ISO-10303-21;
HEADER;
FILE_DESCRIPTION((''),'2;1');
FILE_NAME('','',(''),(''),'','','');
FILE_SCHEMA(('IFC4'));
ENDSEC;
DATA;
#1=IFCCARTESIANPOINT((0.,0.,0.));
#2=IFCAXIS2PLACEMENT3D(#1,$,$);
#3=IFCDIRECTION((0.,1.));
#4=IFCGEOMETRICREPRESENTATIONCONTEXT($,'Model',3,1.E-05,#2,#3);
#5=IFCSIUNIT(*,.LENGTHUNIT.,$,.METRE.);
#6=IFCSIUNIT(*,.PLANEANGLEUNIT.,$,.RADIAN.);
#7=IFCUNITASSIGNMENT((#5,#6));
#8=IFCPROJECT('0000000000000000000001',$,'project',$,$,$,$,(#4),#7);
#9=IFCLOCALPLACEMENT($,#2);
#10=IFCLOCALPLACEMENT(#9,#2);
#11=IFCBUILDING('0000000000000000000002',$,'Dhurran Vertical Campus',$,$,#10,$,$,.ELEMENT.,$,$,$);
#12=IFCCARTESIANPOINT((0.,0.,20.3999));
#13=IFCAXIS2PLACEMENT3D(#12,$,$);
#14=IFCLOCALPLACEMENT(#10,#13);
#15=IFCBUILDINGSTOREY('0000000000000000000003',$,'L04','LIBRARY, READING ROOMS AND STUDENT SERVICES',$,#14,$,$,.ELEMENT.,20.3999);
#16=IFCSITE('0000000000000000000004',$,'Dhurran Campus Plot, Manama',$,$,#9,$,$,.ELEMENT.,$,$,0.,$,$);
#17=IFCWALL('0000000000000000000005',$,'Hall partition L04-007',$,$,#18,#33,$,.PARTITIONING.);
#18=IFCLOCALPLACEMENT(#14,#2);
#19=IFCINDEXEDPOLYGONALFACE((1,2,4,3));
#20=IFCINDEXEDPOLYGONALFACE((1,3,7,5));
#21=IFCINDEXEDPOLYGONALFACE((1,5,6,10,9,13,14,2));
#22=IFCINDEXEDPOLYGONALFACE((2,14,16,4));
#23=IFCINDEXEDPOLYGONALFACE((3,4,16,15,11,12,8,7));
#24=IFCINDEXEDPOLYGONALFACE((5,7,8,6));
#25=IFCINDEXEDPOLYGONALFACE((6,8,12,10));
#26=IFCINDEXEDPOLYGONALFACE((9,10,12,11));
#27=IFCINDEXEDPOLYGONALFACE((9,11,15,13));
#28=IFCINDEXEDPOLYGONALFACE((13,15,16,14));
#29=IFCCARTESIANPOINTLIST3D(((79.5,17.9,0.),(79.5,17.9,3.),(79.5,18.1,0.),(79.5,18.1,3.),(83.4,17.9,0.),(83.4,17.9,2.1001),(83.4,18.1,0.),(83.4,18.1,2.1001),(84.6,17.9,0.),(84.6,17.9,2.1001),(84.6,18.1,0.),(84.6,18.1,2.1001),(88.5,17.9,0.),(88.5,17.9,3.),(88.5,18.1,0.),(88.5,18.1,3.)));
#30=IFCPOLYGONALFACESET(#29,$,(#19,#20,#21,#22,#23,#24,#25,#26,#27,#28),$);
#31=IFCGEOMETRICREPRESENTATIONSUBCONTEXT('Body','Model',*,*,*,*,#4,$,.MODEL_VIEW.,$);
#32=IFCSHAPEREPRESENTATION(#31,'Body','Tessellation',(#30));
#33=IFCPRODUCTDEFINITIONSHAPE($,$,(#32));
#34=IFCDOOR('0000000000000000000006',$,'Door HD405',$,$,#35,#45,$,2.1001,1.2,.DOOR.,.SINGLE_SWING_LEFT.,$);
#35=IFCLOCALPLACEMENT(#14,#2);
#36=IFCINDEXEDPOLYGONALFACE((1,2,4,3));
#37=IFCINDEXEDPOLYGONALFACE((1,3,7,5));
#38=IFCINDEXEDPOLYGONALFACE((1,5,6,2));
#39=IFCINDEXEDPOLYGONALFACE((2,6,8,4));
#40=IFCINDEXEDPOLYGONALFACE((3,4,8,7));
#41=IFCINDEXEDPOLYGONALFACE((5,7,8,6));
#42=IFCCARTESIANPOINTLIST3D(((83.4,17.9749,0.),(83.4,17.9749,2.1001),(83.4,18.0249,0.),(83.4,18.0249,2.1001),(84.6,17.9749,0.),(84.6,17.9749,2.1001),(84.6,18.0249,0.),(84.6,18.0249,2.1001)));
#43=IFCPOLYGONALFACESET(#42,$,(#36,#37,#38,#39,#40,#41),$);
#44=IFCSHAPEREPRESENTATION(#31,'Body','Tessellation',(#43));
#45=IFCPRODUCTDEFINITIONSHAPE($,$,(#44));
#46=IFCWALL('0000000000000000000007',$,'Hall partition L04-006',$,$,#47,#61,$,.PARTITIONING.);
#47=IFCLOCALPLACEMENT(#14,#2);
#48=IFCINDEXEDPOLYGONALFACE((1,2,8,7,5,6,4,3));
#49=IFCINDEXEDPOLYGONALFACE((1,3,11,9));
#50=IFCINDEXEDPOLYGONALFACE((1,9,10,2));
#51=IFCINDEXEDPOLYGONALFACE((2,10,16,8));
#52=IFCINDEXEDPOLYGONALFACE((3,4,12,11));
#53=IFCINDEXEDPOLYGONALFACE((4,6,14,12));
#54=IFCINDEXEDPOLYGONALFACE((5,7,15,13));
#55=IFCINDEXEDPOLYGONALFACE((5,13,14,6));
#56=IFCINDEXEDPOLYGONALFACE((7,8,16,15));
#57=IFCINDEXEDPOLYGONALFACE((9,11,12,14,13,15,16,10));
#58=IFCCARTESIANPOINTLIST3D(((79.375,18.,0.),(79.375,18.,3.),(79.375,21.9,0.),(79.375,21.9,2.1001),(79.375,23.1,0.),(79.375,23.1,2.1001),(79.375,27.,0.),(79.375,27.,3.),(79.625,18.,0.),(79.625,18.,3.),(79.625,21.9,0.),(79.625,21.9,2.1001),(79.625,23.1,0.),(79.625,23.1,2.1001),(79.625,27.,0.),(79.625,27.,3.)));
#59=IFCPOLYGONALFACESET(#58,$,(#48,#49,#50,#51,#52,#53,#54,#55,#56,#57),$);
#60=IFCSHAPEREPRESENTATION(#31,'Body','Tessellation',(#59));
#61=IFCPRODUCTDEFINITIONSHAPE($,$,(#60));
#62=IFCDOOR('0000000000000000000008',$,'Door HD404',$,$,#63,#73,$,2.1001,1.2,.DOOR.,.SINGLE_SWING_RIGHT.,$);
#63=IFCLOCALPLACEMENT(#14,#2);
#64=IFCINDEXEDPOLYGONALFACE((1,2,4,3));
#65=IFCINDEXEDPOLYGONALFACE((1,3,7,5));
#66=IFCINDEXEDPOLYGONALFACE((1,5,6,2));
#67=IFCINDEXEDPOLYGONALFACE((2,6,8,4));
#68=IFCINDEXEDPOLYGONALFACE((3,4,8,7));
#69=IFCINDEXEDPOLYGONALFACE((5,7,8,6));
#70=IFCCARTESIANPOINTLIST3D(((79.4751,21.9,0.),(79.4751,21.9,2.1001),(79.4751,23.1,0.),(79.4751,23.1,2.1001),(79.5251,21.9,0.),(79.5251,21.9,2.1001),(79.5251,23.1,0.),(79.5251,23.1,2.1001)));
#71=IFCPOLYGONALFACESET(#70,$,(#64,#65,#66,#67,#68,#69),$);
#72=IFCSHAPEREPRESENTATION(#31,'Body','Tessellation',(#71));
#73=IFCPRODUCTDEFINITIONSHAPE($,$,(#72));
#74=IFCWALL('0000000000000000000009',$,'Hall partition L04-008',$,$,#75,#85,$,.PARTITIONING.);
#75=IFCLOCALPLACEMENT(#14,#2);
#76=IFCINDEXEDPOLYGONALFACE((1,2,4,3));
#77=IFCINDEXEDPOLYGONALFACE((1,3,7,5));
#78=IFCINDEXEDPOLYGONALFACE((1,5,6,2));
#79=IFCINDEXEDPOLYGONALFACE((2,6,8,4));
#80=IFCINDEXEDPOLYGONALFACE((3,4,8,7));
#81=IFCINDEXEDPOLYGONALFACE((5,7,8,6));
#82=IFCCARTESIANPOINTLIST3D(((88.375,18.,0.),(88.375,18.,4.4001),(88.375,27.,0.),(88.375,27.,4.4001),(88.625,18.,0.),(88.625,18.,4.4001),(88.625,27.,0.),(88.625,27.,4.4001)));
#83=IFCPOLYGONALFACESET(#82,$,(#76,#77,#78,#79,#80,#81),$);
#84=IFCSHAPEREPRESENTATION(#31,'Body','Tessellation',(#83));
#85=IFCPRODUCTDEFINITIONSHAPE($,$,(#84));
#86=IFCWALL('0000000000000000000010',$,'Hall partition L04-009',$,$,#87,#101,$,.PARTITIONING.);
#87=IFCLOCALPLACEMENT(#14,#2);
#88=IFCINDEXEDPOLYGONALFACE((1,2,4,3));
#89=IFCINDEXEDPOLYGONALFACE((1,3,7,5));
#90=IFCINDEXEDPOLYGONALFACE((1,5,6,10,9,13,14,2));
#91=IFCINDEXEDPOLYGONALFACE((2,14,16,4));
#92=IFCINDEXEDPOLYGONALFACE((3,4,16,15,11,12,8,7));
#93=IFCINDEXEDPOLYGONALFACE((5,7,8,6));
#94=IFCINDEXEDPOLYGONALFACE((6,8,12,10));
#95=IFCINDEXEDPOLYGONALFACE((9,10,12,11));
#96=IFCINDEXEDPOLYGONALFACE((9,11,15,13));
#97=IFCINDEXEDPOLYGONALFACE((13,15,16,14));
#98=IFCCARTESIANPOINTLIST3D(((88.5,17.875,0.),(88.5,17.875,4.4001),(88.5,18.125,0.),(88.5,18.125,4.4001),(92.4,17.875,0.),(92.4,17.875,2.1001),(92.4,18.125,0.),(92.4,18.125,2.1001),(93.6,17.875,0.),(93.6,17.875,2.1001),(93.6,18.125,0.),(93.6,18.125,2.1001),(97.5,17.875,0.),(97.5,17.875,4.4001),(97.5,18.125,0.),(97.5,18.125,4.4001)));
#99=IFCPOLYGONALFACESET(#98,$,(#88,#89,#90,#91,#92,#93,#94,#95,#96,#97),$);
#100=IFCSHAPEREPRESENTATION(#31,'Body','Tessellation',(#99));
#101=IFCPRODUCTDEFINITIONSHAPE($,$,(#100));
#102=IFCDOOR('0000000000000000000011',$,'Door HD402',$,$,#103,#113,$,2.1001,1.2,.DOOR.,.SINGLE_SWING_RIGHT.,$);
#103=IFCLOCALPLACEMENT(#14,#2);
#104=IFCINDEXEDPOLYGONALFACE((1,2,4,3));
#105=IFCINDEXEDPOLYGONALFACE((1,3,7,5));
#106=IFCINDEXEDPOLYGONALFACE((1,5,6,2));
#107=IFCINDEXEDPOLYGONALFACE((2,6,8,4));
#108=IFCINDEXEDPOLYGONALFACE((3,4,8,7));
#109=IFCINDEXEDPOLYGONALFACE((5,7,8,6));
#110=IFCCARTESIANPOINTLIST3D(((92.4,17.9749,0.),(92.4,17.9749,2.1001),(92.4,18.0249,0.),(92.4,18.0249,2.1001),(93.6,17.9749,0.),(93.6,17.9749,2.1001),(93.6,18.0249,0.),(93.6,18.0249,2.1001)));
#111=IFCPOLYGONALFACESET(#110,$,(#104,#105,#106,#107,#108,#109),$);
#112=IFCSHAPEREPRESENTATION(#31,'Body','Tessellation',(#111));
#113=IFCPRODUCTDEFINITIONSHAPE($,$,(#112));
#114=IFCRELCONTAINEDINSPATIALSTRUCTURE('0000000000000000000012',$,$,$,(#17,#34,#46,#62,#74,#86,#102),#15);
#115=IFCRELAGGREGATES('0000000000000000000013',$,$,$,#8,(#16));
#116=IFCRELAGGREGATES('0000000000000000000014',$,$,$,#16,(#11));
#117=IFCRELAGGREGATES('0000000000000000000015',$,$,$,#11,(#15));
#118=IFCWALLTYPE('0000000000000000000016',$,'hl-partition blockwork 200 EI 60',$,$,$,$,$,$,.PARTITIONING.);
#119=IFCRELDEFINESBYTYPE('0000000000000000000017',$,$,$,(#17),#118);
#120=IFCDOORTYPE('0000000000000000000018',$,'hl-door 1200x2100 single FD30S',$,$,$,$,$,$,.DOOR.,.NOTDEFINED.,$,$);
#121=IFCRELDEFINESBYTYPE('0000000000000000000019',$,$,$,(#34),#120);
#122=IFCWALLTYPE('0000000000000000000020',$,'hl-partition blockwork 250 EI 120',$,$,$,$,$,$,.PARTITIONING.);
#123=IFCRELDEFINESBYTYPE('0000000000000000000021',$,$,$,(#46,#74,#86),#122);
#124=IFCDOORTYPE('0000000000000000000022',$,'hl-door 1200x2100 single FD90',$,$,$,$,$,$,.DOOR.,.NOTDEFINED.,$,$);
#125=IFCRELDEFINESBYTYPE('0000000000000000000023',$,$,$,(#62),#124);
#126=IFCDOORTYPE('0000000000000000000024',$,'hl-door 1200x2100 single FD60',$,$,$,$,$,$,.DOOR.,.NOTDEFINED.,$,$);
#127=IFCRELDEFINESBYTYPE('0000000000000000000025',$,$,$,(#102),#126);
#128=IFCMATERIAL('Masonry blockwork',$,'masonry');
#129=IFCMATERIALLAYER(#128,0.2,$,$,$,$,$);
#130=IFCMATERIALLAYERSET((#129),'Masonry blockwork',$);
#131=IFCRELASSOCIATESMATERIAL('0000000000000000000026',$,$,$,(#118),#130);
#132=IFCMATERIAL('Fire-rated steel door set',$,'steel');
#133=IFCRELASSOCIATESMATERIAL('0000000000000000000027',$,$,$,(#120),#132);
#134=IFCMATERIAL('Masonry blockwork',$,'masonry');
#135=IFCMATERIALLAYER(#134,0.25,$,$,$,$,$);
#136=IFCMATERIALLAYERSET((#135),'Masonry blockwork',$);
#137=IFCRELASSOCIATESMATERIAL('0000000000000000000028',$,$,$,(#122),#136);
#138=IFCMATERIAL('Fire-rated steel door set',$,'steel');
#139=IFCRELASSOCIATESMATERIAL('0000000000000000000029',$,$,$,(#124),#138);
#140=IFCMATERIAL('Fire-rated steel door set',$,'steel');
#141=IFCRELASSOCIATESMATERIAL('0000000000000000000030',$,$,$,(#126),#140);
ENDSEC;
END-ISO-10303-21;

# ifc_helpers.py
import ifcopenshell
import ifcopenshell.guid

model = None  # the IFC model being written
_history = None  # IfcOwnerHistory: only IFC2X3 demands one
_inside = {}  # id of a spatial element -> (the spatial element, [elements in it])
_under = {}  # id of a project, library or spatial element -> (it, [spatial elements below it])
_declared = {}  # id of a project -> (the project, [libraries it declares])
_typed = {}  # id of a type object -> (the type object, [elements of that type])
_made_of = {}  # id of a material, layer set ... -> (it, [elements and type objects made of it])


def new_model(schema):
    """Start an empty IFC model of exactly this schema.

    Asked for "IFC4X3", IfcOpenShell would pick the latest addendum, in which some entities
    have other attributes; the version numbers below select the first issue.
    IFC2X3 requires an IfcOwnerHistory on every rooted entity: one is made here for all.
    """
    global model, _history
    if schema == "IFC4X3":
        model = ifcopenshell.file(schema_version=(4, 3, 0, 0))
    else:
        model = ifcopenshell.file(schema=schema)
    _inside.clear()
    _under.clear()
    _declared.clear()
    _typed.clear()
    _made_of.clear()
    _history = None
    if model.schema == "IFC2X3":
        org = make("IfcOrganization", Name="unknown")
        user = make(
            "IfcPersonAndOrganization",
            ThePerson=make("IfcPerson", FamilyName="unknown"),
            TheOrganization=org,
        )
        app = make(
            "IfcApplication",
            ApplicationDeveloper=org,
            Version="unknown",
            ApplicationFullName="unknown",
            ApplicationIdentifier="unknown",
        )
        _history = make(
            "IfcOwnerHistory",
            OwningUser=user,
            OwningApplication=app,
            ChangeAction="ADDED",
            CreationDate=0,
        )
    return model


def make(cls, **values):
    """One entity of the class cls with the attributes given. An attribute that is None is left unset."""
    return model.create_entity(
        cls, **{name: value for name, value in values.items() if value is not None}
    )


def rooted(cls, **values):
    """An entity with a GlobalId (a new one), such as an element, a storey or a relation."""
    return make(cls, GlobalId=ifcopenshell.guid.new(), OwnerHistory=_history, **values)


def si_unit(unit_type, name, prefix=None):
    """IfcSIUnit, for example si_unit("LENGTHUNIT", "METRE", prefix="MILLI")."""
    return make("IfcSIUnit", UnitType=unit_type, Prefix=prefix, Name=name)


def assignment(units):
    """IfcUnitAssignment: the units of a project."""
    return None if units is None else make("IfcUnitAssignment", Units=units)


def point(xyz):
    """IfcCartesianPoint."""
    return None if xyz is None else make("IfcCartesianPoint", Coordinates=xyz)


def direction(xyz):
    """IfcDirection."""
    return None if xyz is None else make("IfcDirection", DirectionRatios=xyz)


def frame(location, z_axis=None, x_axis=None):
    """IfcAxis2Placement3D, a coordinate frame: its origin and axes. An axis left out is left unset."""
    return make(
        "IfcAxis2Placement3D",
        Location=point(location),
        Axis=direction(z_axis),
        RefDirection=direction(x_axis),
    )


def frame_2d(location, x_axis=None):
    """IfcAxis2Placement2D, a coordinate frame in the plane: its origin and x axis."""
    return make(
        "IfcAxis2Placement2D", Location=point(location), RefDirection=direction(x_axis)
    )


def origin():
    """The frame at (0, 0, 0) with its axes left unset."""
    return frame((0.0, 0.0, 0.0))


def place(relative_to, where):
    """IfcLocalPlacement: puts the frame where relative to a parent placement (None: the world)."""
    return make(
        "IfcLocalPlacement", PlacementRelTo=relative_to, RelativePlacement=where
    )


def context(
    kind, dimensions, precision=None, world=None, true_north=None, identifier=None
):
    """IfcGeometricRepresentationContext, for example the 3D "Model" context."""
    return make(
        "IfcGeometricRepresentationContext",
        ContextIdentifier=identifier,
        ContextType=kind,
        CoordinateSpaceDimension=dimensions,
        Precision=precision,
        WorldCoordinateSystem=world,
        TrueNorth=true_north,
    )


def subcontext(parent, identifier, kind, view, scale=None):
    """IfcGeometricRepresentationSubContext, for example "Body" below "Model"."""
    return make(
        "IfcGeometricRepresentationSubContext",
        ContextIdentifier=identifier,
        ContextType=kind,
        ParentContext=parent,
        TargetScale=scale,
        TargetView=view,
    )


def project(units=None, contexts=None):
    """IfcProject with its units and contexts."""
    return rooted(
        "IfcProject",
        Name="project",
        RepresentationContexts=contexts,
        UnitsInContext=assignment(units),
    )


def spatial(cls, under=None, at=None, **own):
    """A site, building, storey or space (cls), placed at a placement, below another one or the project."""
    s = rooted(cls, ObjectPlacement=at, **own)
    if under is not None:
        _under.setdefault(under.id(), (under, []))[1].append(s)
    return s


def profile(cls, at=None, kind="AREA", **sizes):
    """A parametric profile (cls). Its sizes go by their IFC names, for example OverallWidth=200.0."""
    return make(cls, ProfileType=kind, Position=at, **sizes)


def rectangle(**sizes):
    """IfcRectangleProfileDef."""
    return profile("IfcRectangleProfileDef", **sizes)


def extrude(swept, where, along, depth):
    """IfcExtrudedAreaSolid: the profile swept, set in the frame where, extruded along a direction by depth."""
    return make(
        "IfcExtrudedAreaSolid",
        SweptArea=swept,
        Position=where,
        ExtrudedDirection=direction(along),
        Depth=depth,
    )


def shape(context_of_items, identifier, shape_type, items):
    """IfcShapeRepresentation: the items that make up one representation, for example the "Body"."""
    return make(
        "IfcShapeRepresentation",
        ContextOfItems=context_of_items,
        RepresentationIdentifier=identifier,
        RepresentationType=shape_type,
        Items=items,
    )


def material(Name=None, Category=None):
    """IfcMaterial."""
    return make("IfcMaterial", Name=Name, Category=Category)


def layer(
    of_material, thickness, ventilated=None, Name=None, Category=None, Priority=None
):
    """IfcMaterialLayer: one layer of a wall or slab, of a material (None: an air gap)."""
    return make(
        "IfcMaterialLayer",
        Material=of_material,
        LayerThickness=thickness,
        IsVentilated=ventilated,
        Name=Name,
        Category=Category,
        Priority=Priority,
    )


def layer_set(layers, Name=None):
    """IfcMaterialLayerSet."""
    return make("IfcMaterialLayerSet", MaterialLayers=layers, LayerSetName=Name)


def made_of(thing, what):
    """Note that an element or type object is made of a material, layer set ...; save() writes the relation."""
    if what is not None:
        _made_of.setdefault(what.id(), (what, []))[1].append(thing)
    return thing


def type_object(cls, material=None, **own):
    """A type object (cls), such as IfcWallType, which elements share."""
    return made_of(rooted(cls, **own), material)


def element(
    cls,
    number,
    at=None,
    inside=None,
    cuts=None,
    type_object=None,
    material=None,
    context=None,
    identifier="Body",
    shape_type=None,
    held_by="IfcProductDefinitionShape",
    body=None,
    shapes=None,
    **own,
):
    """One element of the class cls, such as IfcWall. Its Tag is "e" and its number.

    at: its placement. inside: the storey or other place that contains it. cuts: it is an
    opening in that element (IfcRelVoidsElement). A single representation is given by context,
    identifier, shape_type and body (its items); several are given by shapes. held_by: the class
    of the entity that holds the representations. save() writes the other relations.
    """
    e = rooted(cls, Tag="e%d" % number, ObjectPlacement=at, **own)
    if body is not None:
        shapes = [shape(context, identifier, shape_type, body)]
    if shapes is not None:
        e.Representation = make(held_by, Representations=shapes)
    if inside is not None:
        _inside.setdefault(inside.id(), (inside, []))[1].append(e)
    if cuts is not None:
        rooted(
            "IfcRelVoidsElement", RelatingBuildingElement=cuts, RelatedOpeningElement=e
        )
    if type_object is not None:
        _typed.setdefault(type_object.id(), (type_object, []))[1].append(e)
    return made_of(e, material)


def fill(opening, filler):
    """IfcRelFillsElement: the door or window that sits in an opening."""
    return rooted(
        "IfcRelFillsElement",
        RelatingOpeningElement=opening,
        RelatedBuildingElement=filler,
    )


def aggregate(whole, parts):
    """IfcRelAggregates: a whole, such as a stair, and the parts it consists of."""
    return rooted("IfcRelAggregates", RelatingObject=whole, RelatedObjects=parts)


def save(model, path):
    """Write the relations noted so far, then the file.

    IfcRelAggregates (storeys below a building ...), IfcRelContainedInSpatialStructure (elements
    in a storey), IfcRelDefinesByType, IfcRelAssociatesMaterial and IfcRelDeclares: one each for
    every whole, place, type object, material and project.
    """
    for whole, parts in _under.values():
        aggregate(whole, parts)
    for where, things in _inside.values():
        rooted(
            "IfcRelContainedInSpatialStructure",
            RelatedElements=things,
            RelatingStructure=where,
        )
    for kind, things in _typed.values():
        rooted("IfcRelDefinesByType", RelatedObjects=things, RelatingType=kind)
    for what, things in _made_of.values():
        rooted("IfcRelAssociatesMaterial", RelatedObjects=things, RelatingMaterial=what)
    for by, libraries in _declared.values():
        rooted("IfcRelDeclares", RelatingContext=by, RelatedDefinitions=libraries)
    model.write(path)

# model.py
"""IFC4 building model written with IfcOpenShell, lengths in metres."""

from ifc_helpers import new_model, si_unit, direction, frame, frame_2d, origin, place, context, subcontext, project, spatial, rectangle, extrude, material, layer, layer_set, type_object, element, fill, save


model = new_model("IFC4")

# Units and contexts
model_context = context("Model", 3, precision=1e-05, world=origin(), true_north=direction((0.0, 1.0)))
body_context = subcontext(model_context, "Body", "Model", "MODEL_VIEW")
ifc_project = project(units=[si_unit("LENGTHUNIT", "METRE"), si_unit("PLANEANGLEUNIT", "RADIAN")], contexts=[model_context])

# Site, building, storey
site_placement = place(None, origin())
site = spatial("IfcSite", under=ifc_project, at=site_placement, Name="Dhurran Campus Plot, Manama", CompositionType="ELEMENT", RefElevation=0.0)
building_placement = place(site_placement, origin())
building = spatial("IfcBuilding", under=site, at=building_placement, Name="Dhurran Vertical Campus", CompositionType="ELEMENT")
storey_placement = place(building_placement, frame((0.0, 0.0, 20.3999)))
storey = spatial("IfcBuildingStorey", under=building, at=storey_placement, Name="L04", Description="LIBRARY, READING ROOMS AND STUDENT SERVICES", CompositionType="ELEMENT", Elevation=20.3999)

# Walls, openings, doors
ifc_material_1 = material(Name="Masonry blockwork", Category="masonry")
ifc_layer_1 = layer(ifc_material_1, 0.2)
ifc_layer_set_1 = layer_set([ifc_layer_1], Name="Masonry blockwork")
wall_type_1 = type_object("IfcWallType", Name="hl-partition blockwork 200 EI 60", PredefinedType="PARTITIONING", material=ifc_layer_set_1)
wall_1_placement = place(storey_placement, frame((79.5, 18.0, 0.0), z_axis=(0.0, 0.0, 1.0), x_axis=(1.0, 0.0, 0.0)))
wall_1 = element("IfcWall", 1, at=wall_1_placement, inside=storey, type_object=wall_type_1, Name="Hall partition L04-007", PredefinedType="PARTITIONING", context=body_context, shape_type="SweptSolid", body=[
    extrude(rectangle(XDim=9.0, YDim=0.2, at=frame_2d((4.5, 0.0))), origin(), (0.0, 0.0, 1.0), 3.0),
])
opening_1_placement = place(wall_1_placement, frame((3.8999, 0.0, 0.0)))
opening_1 = element("IfcOpeningElement", 2, at=opening_1_placement, cuts=wall_1, PredefinedType="OPENING", context=body_context, shape_type="SweptSolid", body=[
    extrude(rectangle(XDim=1.2, YDim=2.1001, at=frame_2d((0.6001, 1.05))), frame((0.0, 0.1099, 0.0), z_axis=(0.0, -1.0, 0.0), x_axis=(1.0, 0.0, 0.0)), (0.0, 0.0, 1.0), 0.22),
])
ifc_material_2 = material(Name="Fire-rated steel door set", Category="steel")
door_type_1 = type_object("IfcDoorType", Name="hl-door 1200x2100 single FD30S", OperationType="NOTDEFINED", PredefinedType="DOOR", material=ifc_material_2)
door_1_placement = place(opening_1_placement, origin())
door_1 = element("IfcDoor", 3, at=door_1_placement, inside=storey, type_object=door_type_1, Name="Door HD405", OperationType="SINGLE_SWING_LEFT", OverallHeight=2.1001, OverallWidth=1.2, PredefinedType="DOOR", context=body_context, shape_type="SweptSolid", body=[
    extrude(rectangle(XDim=1.2, YDim=2.1001, at=frame_2d((0.6001, 1.05))), frame((0.0, 0.0249, 0.0), z_axis=(0.0, -1.0, 0.0), x_axis=(1.0, 0.0, 0.0)), (0.0, 0.0, 1.0), 0.05),
])
fill(opening_1, door_1)
ifc_material_3 = material(Name="Masonry blockwork", Category="masonry")
ifc_layer_2 = layer(ifc_material_3, 0.25)
ifc_layer_set_2 = layer_set([ifc_layer_2], Name="Masonry blockwork")
wall_type_2 = type_object("IfcWallType", Name="hl-partition blockwork 250 EI 120", PredefinedType="PARTITIONING", material=ifc_layer_set_2)
wall_2_placement = place(storey_placement, frame((79.5, 18.0, 0.0), z_axis=(0.0, 0.0, 1.0), x_axis=(0.0, 1.0, 0.0)))
wall_2 = element("IfcWall", 4, at=wall_2_placement, inside=storey, type_object=wall_type_2, Name="Hall partition L04-006", PredefinedType="PARTITIONING", context=body_context, shape_type="SweptSolid", body=[
    extrude(rectangle(XDim=9.0, YDim=0.25, at=frame_2d((4.5, 0.0))), origin(), (0.0, 0.0, 1.0), 3.0),
])
opening_2_placement = place(wall_2_placement, frame((3.8999, 0.0, 0.0)))
opening_2 = element("IfcOpeningElement", 5, at=opening_2_placement, cuts=wall_2, PredefinedType="OPENING", context=body_context, shape_type="SweptSolid", body=[
    extrude(rectangle(XDim=1.2, YDim=2.1001, at=frame_2d((0.6001, 1.05))), frame((0.0, 0.135, 0.0), z_axis=(0.0, -1.0, 0.0), x_axis=(1.0, 0.0, 0.0)), (0.0, 0.0, 1.0), 0.27),
])
ifc_material_4 = material(Name="Fire-rated steel door set", Category="steel")
door_type_2 = type_object("IfcDoorType", Name="hl-door 1200x2100 single FD90", OperationType="NOTDEFINED", PredefinedType="DOOR", material=ifc_material_4)
door_2_placement = place(opening_2_placement, origin())
door_2 = element("IfcDoor", 6, at=door_2_placement, inside=storey, type_object=door_type_2, Name="Door HD404", OperationType="SINGLE_SWING_RIGHT", OverallHeight=2.1001, OverallWidth=1.2, PredefinedType="DOOR", context=body_context, shape_type="SweptSolid", body=[
    extrude(rectangle(XDim=1.2, YDim=2.1001, at=frame_2d((0.6001, 1.05))), frame((0.0, 0.0249, 0.0), z_axis=(0.0, -1.0, 0.0), x_axis=(1.0, 0.0, 0.0)), (0.0, 0.0, 1.0), 0.05),
])
fill(opening_2, door_2)

# Wall
wall_3_placement = place(storey_placement, frame((88.5, 18.0, 0.0), z_axis=(0.0, 0.0, 1.0), x_axis=(0.0, 1.0, 0.0)))
element("IfcWall", 7, at=wall_3_placement, inside=storey, type_object=wall_type_2, Name="Hall partition L04-008", PredefinedType="PARTITIONING", context=body_context, shape_type="SweptSolid", body=[
    extrude(rectangle(XDim=9.0, YDim=0.25, at=frame_2d((4.5, 0.0))), origin(), (0.0, 0.0, 1.0), 4.4001),
])

# Wall, opening, door
wall_4_placement = place(storey_placement, frame((88.5, 18.0, 0.0), z_axis=(0.0, 0.0, 1.0), x_axis=(1.0, 0.0, 0.0)))
wall_4 = element("IfcWall", 8, at=wall_4_placement, inside=storey, type_object=wall_type_2, Name="Hall partition L04-009", PredefinedType="PARTITIONING", context=body_context, shape_type="SweptSolid", body=[
    extrude(rectangle(XDim=9.0, YDim=0.25, at=frame_2d((4.5, 0.0))), origin(), (0.0, 0.0, 1.0), 4.4001),
])
opening_3_placement = place(wall_4_placement, frame((3.8999, 0.0, 0.0)))
opening_3 = element("IfcOpeningElement", 9, at=opening_3_placement, cuts=wall_4, PredefinedType="OPENING", context=body_context, shape_type="SweptSolid", body=[
    extrude(rectangle(XDim=1.2, YDim=2.1001, at=frame_2d((0.6001, 1.05))), frame((0.0, 0.135, 0.0), z_axis=(0.0, -1.0, 0.0), x_axis=(1.0, 0.0, 0.0)), (0.0, 0.0, 1.0), 0.27),
])
ifc_material_5 = material(Name="Fire-rated steel door set", Category="steel")
door_type_3 = type_object("IfcDoorType", Name="hl-door 1200x2100 single FD60", OperationType="NOTDEFINED", PredefinedType="DOOR", material=ifc_material_5)
door_3_placement = place(opening_3_placement, origin())
door_3 = element("IfcDoor", 10, at=door_3_placement, inside=storey, type_object=door_type_3, Name="Door HD402", OperationType="SINGLE_SWING_RIGHT", OverallHeight=2.1001, OverallWidth=1.2, PredefinedType="DOOR", context=body_context, shape_type="SweptSolid", body=[
    extrude(rectangle(XDim=1.2, YDim=2.1001, at=frame_2d((0.6001, 1.05))), frame((0.0, 0.0249, 0.0), z_axis=(0.0, -1.0, 0.0), x_axis=(1.0, 0.0, 0.0)), (0.0, 0.0, 1.0), 0.05),
])
fill(opening_3, door_3)

save(model, "model.ifc")
